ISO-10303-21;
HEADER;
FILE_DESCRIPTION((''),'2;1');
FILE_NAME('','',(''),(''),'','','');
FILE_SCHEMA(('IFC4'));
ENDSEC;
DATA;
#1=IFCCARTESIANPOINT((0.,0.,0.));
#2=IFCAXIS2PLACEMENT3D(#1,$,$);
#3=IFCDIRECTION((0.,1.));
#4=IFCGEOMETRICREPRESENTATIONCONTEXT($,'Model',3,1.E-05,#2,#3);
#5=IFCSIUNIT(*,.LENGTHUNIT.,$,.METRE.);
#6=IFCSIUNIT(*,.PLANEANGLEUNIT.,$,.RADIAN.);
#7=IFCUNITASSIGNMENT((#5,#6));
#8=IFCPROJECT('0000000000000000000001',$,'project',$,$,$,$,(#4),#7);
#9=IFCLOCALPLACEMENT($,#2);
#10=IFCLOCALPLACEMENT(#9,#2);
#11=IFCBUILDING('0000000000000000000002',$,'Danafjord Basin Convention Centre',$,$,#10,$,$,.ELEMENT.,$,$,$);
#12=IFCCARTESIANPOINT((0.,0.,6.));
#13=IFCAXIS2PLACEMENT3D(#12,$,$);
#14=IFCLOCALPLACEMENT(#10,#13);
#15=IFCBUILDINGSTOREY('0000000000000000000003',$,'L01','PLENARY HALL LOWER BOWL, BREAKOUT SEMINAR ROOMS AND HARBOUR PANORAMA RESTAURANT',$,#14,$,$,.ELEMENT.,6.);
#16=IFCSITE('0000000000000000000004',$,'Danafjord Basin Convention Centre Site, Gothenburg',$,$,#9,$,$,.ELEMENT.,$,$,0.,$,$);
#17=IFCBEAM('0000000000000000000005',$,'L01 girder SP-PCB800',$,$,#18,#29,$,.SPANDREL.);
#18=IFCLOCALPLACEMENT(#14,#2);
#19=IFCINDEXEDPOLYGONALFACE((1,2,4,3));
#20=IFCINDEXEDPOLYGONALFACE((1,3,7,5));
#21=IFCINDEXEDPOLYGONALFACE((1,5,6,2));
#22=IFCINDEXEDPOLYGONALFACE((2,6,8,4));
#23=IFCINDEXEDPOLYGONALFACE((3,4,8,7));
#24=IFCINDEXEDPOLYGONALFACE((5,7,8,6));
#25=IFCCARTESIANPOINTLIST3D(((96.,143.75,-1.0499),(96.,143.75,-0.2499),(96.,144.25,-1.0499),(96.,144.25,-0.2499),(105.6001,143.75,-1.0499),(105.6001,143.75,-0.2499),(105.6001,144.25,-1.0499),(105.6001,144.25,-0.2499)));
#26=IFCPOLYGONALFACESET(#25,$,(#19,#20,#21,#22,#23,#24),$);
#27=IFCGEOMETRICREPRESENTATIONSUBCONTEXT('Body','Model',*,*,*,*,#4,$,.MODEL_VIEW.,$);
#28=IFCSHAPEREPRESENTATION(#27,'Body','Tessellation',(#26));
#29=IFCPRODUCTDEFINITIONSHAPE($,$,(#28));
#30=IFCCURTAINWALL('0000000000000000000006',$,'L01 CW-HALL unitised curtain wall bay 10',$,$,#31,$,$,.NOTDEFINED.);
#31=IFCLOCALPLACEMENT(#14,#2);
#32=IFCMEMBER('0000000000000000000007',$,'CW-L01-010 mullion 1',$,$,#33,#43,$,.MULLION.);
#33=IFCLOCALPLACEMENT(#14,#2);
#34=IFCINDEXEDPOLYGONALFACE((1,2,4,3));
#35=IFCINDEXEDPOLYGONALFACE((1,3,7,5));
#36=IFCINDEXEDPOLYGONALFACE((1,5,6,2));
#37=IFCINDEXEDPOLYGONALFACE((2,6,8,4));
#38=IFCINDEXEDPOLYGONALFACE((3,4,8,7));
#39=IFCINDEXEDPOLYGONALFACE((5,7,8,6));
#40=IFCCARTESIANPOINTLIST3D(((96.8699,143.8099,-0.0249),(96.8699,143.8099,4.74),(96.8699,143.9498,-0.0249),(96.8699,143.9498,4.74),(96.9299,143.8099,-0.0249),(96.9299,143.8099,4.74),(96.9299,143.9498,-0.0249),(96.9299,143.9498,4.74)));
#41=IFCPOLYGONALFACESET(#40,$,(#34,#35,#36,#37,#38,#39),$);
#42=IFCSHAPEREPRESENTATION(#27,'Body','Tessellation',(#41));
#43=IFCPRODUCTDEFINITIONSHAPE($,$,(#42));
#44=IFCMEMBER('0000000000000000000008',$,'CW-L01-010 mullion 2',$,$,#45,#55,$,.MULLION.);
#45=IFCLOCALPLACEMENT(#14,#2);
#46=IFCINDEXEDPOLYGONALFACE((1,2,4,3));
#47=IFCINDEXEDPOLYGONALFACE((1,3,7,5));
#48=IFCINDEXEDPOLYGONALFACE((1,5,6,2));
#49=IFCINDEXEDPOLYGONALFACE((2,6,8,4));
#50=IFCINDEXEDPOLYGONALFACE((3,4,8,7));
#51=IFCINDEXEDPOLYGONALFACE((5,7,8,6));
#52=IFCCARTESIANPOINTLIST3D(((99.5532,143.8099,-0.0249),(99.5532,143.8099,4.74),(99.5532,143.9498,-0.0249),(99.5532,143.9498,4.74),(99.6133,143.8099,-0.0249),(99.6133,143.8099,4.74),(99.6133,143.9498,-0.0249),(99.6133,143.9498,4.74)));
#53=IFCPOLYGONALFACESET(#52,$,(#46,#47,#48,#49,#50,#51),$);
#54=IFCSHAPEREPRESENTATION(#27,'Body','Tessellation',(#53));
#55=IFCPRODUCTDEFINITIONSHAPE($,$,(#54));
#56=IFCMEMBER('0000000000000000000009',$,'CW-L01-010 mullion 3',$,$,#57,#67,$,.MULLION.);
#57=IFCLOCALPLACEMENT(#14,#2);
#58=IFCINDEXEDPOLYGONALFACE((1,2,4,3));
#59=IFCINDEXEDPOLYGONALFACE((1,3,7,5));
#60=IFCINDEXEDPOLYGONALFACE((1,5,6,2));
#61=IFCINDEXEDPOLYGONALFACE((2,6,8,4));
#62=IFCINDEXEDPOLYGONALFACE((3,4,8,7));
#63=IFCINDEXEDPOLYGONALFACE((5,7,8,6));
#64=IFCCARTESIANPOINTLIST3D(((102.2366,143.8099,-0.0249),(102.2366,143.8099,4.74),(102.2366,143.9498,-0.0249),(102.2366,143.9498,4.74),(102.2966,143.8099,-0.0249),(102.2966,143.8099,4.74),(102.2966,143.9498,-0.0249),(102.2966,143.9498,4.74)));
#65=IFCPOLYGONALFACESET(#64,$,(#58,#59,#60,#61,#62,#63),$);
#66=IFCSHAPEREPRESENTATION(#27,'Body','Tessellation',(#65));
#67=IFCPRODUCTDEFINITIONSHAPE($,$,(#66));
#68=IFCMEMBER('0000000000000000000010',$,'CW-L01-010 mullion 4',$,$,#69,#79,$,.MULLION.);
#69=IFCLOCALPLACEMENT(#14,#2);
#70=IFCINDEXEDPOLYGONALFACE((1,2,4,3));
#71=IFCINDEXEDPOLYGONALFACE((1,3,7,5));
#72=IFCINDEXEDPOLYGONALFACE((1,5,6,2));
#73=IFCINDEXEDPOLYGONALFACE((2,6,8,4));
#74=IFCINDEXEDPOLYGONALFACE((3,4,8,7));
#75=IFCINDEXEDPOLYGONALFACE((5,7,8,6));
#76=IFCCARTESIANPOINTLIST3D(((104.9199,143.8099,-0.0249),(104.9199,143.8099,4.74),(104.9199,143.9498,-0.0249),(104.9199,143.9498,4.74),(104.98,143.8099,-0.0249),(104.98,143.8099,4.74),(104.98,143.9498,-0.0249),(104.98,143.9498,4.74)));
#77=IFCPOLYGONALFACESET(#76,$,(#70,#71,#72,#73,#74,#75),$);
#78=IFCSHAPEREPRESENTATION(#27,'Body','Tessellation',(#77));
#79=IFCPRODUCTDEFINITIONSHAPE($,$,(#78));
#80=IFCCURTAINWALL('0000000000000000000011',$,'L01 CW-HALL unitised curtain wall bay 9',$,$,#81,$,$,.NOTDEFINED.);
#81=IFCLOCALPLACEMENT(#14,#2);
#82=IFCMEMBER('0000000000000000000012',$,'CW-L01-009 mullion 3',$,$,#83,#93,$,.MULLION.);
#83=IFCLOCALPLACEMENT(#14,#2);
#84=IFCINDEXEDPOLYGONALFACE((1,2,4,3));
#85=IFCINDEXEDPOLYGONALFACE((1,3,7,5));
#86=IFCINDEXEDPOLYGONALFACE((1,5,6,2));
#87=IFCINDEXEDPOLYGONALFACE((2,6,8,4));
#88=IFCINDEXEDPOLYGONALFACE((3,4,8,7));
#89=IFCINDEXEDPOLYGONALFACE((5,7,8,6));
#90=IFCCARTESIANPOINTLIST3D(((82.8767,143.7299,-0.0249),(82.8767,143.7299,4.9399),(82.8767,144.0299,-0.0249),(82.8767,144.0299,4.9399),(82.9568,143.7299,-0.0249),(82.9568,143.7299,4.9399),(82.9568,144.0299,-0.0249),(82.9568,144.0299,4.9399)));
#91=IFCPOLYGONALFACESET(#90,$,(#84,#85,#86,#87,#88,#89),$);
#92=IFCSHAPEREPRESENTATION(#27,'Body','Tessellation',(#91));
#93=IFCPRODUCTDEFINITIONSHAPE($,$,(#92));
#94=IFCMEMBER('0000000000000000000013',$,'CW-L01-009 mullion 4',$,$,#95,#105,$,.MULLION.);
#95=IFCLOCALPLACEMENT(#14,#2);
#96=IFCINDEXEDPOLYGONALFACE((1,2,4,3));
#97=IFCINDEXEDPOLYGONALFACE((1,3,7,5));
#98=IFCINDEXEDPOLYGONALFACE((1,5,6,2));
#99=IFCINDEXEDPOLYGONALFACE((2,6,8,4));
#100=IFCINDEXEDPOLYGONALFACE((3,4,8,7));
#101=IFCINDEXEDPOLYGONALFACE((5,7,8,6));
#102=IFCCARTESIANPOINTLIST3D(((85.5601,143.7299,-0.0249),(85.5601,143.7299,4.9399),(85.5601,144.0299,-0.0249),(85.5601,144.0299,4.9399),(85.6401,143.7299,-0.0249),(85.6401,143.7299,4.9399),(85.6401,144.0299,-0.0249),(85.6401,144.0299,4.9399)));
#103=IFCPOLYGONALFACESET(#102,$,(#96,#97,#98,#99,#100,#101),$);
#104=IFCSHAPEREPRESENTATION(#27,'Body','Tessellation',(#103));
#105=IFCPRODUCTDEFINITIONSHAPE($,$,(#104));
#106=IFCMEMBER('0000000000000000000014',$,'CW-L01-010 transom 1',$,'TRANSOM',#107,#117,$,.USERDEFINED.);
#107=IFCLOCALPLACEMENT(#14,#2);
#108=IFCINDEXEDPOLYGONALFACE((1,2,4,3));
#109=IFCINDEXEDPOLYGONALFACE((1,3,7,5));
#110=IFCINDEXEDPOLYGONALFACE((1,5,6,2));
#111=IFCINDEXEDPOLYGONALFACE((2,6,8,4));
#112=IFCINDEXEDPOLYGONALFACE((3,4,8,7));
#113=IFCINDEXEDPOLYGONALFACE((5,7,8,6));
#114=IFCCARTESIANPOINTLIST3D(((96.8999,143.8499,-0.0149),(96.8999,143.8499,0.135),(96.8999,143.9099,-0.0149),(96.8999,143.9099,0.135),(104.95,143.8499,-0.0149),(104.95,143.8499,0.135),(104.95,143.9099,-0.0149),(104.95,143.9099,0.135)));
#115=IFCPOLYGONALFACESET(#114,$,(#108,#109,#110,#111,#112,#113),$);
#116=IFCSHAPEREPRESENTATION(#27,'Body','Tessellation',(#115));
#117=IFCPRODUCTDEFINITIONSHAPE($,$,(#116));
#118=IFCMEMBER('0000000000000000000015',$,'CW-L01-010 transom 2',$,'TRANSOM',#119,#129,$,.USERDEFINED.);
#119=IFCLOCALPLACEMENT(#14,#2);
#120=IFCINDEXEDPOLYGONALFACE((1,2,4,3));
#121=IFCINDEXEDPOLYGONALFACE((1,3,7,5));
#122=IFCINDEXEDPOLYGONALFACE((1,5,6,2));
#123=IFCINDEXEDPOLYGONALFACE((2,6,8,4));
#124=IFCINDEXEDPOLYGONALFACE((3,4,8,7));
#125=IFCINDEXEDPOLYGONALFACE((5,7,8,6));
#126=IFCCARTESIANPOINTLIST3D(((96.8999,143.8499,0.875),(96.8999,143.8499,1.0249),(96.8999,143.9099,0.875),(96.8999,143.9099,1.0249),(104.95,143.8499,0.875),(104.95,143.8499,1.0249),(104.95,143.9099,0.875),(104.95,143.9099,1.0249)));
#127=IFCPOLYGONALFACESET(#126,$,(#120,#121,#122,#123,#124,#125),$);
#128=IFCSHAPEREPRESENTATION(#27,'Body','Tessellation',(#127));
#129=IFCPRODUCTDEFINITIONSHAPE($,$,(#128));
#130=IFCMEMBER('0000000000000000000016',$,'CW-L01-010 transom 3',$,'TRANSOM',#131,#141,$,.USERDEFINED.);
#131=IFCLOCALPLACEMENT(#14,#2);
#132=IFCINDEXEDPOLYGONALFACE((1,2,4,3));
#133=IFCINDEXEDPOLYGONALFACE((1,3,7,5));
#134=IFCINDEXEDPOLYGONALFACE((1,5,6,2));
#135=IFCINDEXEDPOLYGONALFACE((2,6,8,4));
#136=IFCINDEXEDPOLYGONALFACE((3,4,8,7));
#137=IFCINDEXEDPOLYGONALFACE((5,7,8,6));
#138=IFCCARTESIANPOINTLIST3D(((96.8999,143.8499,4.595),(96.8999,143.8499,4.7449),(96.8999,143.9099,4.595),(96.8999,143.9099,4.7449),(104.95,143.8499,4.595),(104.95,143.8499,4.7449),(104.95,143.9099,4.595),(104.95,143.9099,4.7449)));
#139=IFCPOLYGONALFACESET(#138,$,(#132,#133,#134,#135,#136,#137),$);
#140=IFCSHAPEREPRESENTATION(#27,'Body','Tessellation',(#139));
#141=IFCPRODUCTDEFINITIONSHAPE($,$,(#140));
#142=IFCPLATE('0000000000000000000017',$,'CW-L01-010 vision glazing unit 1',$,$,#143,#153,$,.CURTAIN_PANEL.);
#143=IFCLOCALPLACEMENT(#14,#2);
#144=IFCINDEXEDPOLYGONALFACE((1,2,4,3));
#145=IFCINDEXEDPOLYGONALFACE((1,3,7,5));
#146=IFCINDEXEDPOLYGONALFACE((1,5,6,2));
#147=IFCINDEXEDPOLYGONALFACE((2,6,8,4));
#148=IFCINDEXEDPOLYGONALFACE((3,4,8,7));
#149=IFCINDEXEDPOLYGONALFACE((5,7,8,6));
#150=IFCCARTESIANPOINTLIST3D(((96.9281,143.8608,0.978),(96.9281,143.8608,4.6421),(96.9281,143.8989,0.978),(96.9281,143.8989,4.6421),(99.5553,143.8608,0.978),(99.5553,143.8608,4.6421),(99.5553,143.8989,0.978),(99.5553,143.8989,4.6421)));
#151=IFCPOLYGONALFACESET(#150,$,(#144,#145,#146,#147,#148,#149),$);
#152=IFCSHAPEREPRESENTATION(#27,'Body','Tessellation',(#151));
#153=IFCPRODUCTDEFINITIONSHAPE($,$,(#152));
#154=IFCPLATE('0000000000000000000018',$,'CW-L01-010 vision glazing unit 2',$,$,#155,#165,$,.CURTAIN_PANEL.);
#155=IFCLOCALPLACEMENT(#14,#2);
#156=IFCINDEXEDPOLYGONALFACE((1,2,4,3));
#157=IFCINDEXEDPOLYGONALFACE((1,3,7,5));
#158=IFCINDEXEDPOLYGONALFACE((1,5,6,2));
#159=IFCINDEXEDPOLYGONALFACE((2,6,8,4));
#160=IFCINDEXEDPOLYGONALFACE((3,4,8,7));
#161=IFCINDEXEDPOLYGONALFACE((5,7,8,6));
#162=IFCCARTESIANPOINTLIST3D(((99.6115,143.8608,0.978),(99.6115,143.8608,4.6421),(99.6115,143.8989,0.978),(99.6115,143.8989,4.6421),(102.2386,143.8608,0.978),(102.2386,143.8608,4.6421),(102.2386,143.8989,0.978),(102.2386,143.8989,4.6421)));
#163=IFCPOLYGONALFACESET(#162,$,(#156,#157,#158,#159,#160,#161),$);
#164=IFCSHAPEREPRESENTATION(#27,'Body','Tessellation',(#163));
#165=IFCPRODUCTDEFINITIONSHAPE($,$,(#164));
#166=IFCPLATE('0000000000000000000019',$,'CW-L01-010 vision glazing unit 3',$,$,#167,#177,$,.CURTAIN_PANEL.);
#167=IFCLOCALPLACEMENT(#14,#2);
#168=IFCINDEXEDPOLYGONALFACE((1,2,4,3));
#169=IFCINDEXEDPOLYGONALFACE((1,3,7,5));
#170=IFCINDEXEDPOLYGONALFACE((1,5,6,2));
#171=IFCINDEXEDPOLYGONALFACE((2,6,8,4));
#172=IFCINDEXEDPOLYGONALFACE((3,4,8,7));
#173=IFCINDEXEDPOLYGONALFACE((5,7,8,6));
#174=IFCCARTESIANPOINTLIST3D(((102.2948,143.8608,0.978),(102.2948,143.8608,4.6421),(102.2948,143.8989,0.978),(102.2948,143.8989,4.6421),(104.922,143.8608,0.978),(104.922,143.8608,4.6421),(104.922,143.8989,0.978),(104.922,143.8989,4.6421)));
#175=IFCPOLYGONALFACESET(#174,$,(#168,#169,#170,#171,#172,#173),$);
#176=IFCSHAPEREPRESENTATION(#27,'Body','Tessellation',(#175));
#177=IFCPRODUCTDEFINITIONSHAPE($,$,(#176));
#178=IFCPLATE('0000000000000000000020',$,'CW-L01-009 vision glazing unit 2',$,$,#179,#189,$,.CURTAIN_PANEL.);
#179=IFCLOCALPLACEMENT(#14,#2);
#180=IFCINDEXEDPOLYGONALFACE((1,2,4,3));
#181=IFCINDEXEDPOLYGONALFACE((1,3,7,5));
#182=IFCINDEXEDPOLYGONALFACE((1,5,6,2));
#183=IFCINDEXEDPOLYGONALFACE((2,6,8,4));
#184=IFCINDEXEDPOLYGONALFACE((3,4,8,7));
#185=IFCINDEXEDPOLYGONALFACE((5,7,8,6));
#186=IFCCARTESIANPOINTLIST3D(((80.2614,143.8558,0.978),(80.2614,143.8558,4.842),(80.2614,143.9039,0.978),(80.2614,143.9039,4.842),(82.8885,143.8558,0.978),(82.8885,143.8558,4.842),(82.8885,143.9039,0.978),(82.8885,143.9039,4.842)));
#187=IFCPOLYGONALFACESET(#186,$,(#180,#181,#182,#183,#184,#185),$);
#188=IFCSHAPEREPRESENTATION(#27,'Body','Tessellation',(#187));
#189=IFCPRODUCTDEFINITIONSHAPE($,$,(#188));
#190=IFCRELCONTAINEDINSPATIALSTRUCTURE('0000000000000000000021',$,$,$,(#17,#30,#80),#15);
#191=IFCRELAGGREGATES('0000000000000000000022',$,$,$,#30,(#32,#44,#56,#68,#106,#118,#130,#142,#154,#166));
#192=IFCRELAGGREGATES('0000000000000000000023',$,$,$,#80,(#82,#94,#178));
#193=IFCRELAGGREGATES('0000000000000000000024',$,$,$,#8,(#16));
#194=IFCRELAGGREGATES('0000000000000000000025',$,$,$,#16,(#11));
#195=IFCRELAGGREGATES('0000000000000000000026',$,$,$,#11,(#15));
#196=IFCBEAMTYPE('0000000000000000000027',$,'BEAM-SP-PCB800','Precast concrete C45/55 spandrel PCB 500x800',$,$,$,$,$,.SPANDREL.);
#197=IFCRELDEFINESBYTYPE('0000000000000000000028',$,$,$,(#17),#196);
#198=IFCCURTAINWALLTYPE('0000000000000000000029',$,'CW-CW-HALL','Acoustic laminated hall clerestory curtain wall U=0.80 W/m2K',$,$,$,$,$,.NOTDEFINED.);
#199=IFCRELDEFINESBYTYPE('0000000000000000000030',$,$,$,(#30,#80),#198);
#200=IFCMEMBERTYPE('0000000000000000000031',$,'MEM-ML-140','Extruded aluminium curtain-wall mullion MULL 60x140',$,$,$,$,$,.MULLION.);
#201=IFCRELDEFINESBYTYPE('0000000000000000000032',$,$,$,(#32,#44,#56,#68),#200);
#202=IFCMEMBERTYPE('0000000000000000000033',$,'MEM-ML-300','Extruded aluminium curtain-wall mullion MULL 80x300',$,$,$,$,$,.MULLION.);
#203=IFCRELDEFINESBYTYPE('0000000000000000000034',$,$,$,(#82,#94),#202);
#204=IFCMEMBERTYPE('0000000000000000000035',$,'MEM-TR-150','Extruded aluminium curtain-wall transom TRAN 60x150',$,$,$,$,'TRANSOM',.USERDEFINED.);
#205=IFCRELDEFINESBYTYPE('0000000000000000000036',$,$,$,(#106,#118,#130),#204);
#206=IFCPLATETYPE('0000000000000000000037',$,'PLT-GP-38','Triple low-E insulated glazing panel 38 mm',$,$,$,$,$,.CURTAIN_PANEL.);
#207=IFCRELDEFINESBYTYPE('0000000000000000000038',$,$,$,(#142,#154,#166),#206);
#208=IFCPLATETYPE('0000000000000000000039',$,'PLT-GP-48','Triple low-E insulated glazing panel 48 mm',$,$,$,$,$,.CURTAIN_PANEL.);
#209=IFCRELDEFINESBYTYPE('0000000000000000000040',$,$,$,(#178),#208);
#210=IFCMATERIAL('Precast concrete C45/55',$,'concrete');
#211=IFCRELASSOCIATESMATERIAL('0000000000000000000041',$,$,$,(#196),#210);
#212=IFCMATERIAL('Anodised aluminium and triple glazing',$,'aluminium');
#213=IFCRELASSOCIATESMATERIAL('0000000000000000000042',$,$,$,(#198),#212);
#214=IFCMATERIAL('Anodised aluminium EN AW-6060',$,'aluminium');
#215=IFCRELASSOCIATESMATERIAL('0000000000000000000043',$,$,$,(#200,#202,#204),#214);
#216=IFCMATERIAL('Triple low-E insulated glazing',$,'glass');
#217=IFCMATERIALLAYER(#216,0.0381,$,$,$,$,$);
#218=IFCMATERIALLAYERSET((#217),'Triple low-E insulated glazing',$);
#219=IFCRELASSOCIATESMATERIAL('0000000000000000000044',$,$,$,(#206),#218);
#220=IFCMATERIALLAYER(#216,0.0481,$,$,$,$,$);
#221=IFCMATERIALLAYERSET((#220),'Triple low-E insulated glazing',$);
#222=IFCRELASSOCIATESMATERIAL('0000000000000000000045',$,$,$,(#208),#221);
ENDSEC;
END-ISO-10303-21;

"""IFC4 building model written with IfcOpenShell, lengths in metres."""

from ifc_helpers import new_model, si_unit, direction, frame, origin, origin_2d, place, context, subcontext, project, spatial, rectangle, extrude, material, layer, layer_set, material_profile, profile_set, type_object, element, aggregate, save


model = new_model("IFC4")

# Units and contexts
model_context = context("Model", 3, precision=1e-05, world=origin(), true_north=direction((0.0, 1.0)))
body_context = subcontext(model_context, "Body", "Model", "MODEL_VIEW")
ifc_project = project(units=[si_unit("LENGTHUNIT", "METRE"), si_unit("PLANEANGLEUNIT", "RADIAN")], contexts=[model_context])

# Site, building, storey
site_placement = place(None, origin())
site = spatial("IfcSite", under=ifc_project, at=site_placement, Name="Danafjord Basin Convention Centre Site, Gothenburg", CompositionType="ELEMENT", RefElevation=0.0)
building_placement = place(site_placement, origin())
building = spatial("IfcBuilding", under=site, at=building_placement, Name="Danafjord Basin Convention Centre", CompositionType="ELEMENT")
storey_placement = place(building_placement, frame((0.0, 0.0, 6.0)))
storey = spatial("IfcBuildingStorey", under=building, at=storey_placement, Name="L01", Description="PLENARY HALL LOWER BOWL, BREAKOUT SEMINAR ROOMS AND HARBOUR PANORAMA RESTAURANT", CompositionType="ELEMENT", Elevation=6.0)

# Beam
ifc_material_1 = material(Name="Precast concrete C45/55", Category="concrete")
ifc_material_profile_1 = material_profile(ifc_material_1, rectangle(XDim=0.5, YDim=0.8, at=origin_2d()), Name="PCB 500x800")
ifc_profile_set_1 = profile_set([ifc_material_profile_1], Name="Precast concrete C45/55")
beam_type_1 = type_object("IfcBeamType", Name="BEAM-SP-PCB800", Description="Precast concrete C45/55 spandrel PCB 500x800", PredefinedType="SPANDREL", material=ifc_profile_set_1)
beam_1_placement = place(storey_placement, frame((96.0, 144.0, -0.6499), z_axis=(1.0, 0.0, 0.0), x_axis=(0.0, 1.0, 0.0)))
element("IfcBeam", 1, at=beam_1_placement, inside=storey, type_object=beam_type_1, Name="L01 girder SP-PCB800", PredefinedType="SPANDREL", context=body_context, shape_type="SweptSolid", body=[
    extrude(rectangle(XDim=0.5, YDim=0.8, at=origin_2d()), origin(), (0.0, 0.0, 1.0), 9.6001),
])

# Curtain walls, members
ifc_material_2 = material(Name="Anodised aluminium and triple glazing", Category="aluminium")
curtain_wall_type = type_object("IfcCurtainWallType", Name="CW-CW-HALL", Description="Acoustic laminated hall clerestory curtain wall U=0.80 W/m2K", PredefinedType="NOTDEFINED", material=ifc_material_2)
curtain_wall_1_placement = place(storey_placement, origin())
curtain_wall_1 = element("IfcCurtainWall", 2, at=curtain_wall_1_placement, inside=storey, type_object=curtain_wall_type, Name="L01 CW-HALL unitised curtain wall bay 10", PredefinedType="NOTDEFINED")
ifc_material_3 = material(Name="Anodised aluminium EN AW-6060", Category="aluminium")
ifc_material_profile_2 = material_profile(ifc_material_3, rectangle(XDim=0.0601, YDim=0.1399, at=origin_2d()), Name="MULL 60x140")
ifc_profile_set_2 = profile_set([ifc_material_profile_2], Name="Anodised aluminium EN AW-6060")
member_type_1 = type_object("IfcMemberType", Name="MEM-ML-140", Description="Extruded aluminium curtain-wall mullion MULL 60x140", PredefinedType="MULLION", material=ifc_profile_set_2)
member_1_placement = place(storey_placement, frame((96.8999, 143.8799, -0.0249), z_axis=(0.0, 0.0, 1.0), x_axis=(1.0, 0.0, 0.0)))
member_1 = element("IfcMember", 3, at=member_1_placement, type_object=member_type_1, Name="CW-L01-010 mullion 1", PredefinedType="MULLION", context=body_context, shape_type="SweptSolid", body=[
    extrude(rectangle(XDim=0.0601, YDim=0.1399, at=origin_2d()), origin(), (0.0, 0.0, 1.0), 4.7649),
])
member_2_placement = place(storey_placement, frame((99.5833, 143.8799, -0.0249), z_axis=(0.0, 0.0, 1.0), x_axis=(1.0, 0.0, 0.0)))
member_2 = element("IfcMember", 4, at=member_2_placement, type_object=member_type_1, Name="CW-L01-010 mullion 2", PredefinedType="MULLION", context=body_context, shape_type="SweptSolid", body=[
    extrude(rectangle(XDim=0.0601, YDim=0.1399, at=origin_2d()), origin(), (0.0, 0.0, 1.0), 4.7649),
])
member_3_placement = place(storey_placement, frame((102.2666, 143.8799, -0.0249), z_axis=(0.0, 0.0, 1.0), x_axis=(1.0, 0.0, 0.0)))
member_3 = element("IfcMember", 5, at=member_3_placement, type_object=member_type_1, Name="CW-L01-010 mullion 3", PredefinedType="MULLION", context=body_context, shape_type="SweptSolid", body=[
    extrude(rectangle(XDim=0.0601, YDim=0.1399, at=origin_2d()), origin(), (0.0, 0.0, 1.0), 4.7649),
])
member_4_placement = place(storey_placement, frame((104.95, 143.8799, -0.0249), z_axis=(0.0, 0.0, 1.0), x_axis=(1.0, 0.0, 0.0)))
member_4 = element("IfcMember", 6, at=member_4_placement, type_object=member_type_1, Name="CW-L01-010 mullion 4", PredefinedType="MULLION", context=body_context, shape_type="SweptSolid", body=[
    extrude(rectangle(XDim=0.0601, YDim=0.1399, at=origin_2d()), origin(), (0.0, 0.0, 1.0), 4.7649),
])
curtain_wall_2_placement = place(storey_placement, origin())
curtain_wall_2 = element("IfcCurtainWall", 7, at=curtain_wall_2_placement, inside=storey, type_object=curtain_wall_type, Name="L01 CW-HALL unitised curtain wall bay 9", PredefinedType="NOTDEFINED")
ifc_material_profile_3 = material_profile(ifc_material_3, rectangle(XDim=0.0801, YDim=0.3, at=origin_2d()), Name="MULL 80x300")
ifc_profile_set_3 = profile_set([ifc_material_profile_3], Name="Anodised aluminium EN AW-6060")
member_type_2 = type_object("IfcMemberType", Name="MEM-ML-300", Description="Extruded aluminium curtain-wall mullion MULL 80x300", PredefinedType="MULLION", material=ifc_profile_set_3)
member_5_placement = place(storey_placement, frame((82.9167, 143.8799, -0.0249), z_axis=(0.0, 0.0, 1.0), x_axis=(1.0, 0.0, 0.0)))
member_5 = element("IfcMember", 8, at=member_5_placement, type_object=member_type_2, Name="CW-L01-009 mullion 3", PredefinedType="MULLION", context=body_context, shape_type="SweptSolid", body=[
    extrude(rectangle(XDim=0.0801, YDim=0.3, at=origin_2d()), origin(), (0.0, 0.0, 1.0), 4.9648),
])
member_6_placement = place(storey_placement, frame((85.6001, 143.8799, -0.0249), z_axis=(0.0, 0.0, 1.0), x_axis=(1.0, 0.0, 0.0)))
member_6 = element("IfcMember", 9, at=member_6_placement, type_object=member_type_2, Name="CW-L01-009 mullion 4", PredefinedType="MULLION", context=body_context, shape_type="SweptSolid", body=[
    extrude(rectangle(XDim=0.0801, YDim=0.3, at=origin_2d()), origin(), (0.0, 0.0, 1.0), 4.9648),
])

# Members
ifc_material_profile_4 = material_profile(ifc_material_3, rectangle(XDim=0.0601, YDim=0.1499, at=origin_2d()), Name="TRAN 60x150")
ifc_profile_set_4 = profile_set([ifc_material_profile_4], Name="Anodised aluminium EN AW-6060")
member_type_3 = type_object("IfcMemberType", Name="MEM-TR-150", Description="Extruded aluminium curtain-wall transom TRAN 60x150", ElementType="TRANSOM", PredefinedType="USERDEFINED", material=ifc_profile_set_4)
member_7_placement = place(storey_placement, frame((96.8999, 143.8799, 0.0601), z_axis=(1.0, 0.0, 0.0), x_axis=(0.0, 1.0, 0.0)))
member_7 = element("IfcMember", 10, at=member_7_placement, type_object=member_type_3, Name="CW-L01-010 transom 1", ObjectType="TRANSOM", PredefinedType="USERDEFINED", context=body_context, shape_type="SweptSolid", body=[
    extrude(rectangle(XDim=0.0601, YDim=0.1499, at=origin_2d()), origin(), (0.0, 0.0, 1.0), 8.05),
])
member_8_placement = place(storey_placement, frame((96.8999, 143.8799, 0.95), z_axis=(1.0, 0.0, 0.0), x_axis=(0.0, 1.0, 0.0)))
member_8 = element("IfcMember", 11, at=member_8_placement, type_object=member_type_3, Name="CW-L01-010 transom 2", ObjectType="TRANSOM", PredefinedType="USERDEFINED", context=body_context, shape_type="SweptSolid", body=[
    extrude(rectangle(XDim=0.0601, YDim=0.1499, at=origin_2d()), origin(), (0.0, 0.0, 1.0), 8.05),
])
member_9_placement = place(storey_placement, frame((96.8999, 143.8799, 4.6699), z_axis=(1.0, 0.0, 0.0), x_axis=(0.0, 1.0, 0.0)))
member_9 = element("IfcMember", 12, at=member_9_placement, type_object=member_type_3, Name="CW-L01-010 transom 3", ObjectType="TRANSOM", PredefinedType="USERDEFINED", context=body_context, shape_type="SweptSolid", body=[
    extrude(rectangle(XDim=0.0601, YDim=0.1499, at=origin_2d()), origin(), (0.0, 0.0, 1.0), 8.05),
])

# Plates
ifc_material_4 = material(Name="Triple low-E insulated glazing", Category="glass")
ifc_layer_1 = layer(ifc_material_4, 0.0381)
ifc_layer_set_1 = layer_set([ifc_layer_1], Name="Triple low-E insulated glazing")
plate_type_1 = type_object("IfcPlateType", Name="PLT-GP-38", Description="Triple low-E insulated glazing panel 38 mm", PredefinedType="CURTAIN_PANEL", material=ifc_layer_set_1)
plate_1_placement = place(storey_placement, frame((98.2417, 143.8799, 0.978), z_axis=(0.0, 0.0, 1.0), x_axis=(1.0, 0.0, 0.0)))
plate_1 = element("IfcPlate", 13, at=plate_1_placement, type_object=plate_type_1, Name="CW-L01-010 vision glazing unit 1", PredefinedType="CURTAIN_PANEL", context=body_context, shape_type="SweptSolid", body=[
    extrude(rectangle(XDim=2.6272, YDim=0.0381, at=origin_2d()), origin(), (0.0, 0.0, 1.0), 3.6641),
])
plate_2_placement = place(storey_placement, frame((100.925, 143.8799, 0.978), z_axis=(0.0, 0.0, 1.0), x_axis=(1.0, 0.0, 0.0)))
plate_2 = element("IfcPlate", 14, at=plate_2_placement, type_object=plate_type_1, Name="CW-L01-010 vision glazing unit 2", PredefinedType="CURTAIN_PANEL", context=body_context, shape_type="SweptSolid", body=[
    extrude(rectangle(XDim=2.6272, YDim=0.0381, at=origin_2d()), origin(), (0.0, 0.0, 1.0), 3.6641),
])
plate_3_placement = place(storey_placement, frame((103.6084, 143.8799, 0.978), z_axis=(0.0, 0.0, 1.0), x_axis=(1.0, 0.0, 0.0)))
plate_3 = element("IfcPlate", 15, at=plate_3_placement, type_object=plate_type_1, Name="CW-L01-010 vision glazing unit 3", PredefinedType="CURTAIN_PANEL", context=body_context, shape_type="SweptSolid", body=[
    extrude(rectangle(XDim=2.6272, YDim=0.0381, at=origin_2d()), origin(), (0.0, 0.0, 1.0), 3.6641),
])
ifc_layer_2 = layer(ifc_material_4, 0.0481)
ifc_layer_set_2 = layer_set([ifc_layer_2], Name="Triple low-E insulated glazing")
plate_type_2 = type_object("IfcPlateType", Name="PLT-GP-48", Description="Triple low-E insulated glazing panel 48 mm", PredefinedType="CURTAIN_PANEL", material=ifc_layer_set_2)
plate_4_placement = place(storey_placement, frame((81.575, 143.8799, 0.978), z_axis=(0.0, 0.0, 1.0), x_axis=(1.0, 0.0, 0.0)))
plate_4 = element("IfcPlate", 16, at=plate_4_placement, type_object=plate_type_2, Name="CW-L01-009 vision glazing unit 2", PredefinedType="CURTAIN_PANEL", context=body_context, shape_type="SweptSolid", body=[
    extrude(rectangle(XDim=2.6272, YDim=0.0481, at=origin_2d()), origin(), (0.0, 0.0, 1.0), 3.864),
])
aggregate(curtain_wall_1, [member_1, member_2, member_3, member_4, member_7, member_8, member_9, plate_1, plate_2, plate_3])
aggregate(curtain_wall_2, [member_5, member_6, plate_4])

save(model, "model.ifc")
